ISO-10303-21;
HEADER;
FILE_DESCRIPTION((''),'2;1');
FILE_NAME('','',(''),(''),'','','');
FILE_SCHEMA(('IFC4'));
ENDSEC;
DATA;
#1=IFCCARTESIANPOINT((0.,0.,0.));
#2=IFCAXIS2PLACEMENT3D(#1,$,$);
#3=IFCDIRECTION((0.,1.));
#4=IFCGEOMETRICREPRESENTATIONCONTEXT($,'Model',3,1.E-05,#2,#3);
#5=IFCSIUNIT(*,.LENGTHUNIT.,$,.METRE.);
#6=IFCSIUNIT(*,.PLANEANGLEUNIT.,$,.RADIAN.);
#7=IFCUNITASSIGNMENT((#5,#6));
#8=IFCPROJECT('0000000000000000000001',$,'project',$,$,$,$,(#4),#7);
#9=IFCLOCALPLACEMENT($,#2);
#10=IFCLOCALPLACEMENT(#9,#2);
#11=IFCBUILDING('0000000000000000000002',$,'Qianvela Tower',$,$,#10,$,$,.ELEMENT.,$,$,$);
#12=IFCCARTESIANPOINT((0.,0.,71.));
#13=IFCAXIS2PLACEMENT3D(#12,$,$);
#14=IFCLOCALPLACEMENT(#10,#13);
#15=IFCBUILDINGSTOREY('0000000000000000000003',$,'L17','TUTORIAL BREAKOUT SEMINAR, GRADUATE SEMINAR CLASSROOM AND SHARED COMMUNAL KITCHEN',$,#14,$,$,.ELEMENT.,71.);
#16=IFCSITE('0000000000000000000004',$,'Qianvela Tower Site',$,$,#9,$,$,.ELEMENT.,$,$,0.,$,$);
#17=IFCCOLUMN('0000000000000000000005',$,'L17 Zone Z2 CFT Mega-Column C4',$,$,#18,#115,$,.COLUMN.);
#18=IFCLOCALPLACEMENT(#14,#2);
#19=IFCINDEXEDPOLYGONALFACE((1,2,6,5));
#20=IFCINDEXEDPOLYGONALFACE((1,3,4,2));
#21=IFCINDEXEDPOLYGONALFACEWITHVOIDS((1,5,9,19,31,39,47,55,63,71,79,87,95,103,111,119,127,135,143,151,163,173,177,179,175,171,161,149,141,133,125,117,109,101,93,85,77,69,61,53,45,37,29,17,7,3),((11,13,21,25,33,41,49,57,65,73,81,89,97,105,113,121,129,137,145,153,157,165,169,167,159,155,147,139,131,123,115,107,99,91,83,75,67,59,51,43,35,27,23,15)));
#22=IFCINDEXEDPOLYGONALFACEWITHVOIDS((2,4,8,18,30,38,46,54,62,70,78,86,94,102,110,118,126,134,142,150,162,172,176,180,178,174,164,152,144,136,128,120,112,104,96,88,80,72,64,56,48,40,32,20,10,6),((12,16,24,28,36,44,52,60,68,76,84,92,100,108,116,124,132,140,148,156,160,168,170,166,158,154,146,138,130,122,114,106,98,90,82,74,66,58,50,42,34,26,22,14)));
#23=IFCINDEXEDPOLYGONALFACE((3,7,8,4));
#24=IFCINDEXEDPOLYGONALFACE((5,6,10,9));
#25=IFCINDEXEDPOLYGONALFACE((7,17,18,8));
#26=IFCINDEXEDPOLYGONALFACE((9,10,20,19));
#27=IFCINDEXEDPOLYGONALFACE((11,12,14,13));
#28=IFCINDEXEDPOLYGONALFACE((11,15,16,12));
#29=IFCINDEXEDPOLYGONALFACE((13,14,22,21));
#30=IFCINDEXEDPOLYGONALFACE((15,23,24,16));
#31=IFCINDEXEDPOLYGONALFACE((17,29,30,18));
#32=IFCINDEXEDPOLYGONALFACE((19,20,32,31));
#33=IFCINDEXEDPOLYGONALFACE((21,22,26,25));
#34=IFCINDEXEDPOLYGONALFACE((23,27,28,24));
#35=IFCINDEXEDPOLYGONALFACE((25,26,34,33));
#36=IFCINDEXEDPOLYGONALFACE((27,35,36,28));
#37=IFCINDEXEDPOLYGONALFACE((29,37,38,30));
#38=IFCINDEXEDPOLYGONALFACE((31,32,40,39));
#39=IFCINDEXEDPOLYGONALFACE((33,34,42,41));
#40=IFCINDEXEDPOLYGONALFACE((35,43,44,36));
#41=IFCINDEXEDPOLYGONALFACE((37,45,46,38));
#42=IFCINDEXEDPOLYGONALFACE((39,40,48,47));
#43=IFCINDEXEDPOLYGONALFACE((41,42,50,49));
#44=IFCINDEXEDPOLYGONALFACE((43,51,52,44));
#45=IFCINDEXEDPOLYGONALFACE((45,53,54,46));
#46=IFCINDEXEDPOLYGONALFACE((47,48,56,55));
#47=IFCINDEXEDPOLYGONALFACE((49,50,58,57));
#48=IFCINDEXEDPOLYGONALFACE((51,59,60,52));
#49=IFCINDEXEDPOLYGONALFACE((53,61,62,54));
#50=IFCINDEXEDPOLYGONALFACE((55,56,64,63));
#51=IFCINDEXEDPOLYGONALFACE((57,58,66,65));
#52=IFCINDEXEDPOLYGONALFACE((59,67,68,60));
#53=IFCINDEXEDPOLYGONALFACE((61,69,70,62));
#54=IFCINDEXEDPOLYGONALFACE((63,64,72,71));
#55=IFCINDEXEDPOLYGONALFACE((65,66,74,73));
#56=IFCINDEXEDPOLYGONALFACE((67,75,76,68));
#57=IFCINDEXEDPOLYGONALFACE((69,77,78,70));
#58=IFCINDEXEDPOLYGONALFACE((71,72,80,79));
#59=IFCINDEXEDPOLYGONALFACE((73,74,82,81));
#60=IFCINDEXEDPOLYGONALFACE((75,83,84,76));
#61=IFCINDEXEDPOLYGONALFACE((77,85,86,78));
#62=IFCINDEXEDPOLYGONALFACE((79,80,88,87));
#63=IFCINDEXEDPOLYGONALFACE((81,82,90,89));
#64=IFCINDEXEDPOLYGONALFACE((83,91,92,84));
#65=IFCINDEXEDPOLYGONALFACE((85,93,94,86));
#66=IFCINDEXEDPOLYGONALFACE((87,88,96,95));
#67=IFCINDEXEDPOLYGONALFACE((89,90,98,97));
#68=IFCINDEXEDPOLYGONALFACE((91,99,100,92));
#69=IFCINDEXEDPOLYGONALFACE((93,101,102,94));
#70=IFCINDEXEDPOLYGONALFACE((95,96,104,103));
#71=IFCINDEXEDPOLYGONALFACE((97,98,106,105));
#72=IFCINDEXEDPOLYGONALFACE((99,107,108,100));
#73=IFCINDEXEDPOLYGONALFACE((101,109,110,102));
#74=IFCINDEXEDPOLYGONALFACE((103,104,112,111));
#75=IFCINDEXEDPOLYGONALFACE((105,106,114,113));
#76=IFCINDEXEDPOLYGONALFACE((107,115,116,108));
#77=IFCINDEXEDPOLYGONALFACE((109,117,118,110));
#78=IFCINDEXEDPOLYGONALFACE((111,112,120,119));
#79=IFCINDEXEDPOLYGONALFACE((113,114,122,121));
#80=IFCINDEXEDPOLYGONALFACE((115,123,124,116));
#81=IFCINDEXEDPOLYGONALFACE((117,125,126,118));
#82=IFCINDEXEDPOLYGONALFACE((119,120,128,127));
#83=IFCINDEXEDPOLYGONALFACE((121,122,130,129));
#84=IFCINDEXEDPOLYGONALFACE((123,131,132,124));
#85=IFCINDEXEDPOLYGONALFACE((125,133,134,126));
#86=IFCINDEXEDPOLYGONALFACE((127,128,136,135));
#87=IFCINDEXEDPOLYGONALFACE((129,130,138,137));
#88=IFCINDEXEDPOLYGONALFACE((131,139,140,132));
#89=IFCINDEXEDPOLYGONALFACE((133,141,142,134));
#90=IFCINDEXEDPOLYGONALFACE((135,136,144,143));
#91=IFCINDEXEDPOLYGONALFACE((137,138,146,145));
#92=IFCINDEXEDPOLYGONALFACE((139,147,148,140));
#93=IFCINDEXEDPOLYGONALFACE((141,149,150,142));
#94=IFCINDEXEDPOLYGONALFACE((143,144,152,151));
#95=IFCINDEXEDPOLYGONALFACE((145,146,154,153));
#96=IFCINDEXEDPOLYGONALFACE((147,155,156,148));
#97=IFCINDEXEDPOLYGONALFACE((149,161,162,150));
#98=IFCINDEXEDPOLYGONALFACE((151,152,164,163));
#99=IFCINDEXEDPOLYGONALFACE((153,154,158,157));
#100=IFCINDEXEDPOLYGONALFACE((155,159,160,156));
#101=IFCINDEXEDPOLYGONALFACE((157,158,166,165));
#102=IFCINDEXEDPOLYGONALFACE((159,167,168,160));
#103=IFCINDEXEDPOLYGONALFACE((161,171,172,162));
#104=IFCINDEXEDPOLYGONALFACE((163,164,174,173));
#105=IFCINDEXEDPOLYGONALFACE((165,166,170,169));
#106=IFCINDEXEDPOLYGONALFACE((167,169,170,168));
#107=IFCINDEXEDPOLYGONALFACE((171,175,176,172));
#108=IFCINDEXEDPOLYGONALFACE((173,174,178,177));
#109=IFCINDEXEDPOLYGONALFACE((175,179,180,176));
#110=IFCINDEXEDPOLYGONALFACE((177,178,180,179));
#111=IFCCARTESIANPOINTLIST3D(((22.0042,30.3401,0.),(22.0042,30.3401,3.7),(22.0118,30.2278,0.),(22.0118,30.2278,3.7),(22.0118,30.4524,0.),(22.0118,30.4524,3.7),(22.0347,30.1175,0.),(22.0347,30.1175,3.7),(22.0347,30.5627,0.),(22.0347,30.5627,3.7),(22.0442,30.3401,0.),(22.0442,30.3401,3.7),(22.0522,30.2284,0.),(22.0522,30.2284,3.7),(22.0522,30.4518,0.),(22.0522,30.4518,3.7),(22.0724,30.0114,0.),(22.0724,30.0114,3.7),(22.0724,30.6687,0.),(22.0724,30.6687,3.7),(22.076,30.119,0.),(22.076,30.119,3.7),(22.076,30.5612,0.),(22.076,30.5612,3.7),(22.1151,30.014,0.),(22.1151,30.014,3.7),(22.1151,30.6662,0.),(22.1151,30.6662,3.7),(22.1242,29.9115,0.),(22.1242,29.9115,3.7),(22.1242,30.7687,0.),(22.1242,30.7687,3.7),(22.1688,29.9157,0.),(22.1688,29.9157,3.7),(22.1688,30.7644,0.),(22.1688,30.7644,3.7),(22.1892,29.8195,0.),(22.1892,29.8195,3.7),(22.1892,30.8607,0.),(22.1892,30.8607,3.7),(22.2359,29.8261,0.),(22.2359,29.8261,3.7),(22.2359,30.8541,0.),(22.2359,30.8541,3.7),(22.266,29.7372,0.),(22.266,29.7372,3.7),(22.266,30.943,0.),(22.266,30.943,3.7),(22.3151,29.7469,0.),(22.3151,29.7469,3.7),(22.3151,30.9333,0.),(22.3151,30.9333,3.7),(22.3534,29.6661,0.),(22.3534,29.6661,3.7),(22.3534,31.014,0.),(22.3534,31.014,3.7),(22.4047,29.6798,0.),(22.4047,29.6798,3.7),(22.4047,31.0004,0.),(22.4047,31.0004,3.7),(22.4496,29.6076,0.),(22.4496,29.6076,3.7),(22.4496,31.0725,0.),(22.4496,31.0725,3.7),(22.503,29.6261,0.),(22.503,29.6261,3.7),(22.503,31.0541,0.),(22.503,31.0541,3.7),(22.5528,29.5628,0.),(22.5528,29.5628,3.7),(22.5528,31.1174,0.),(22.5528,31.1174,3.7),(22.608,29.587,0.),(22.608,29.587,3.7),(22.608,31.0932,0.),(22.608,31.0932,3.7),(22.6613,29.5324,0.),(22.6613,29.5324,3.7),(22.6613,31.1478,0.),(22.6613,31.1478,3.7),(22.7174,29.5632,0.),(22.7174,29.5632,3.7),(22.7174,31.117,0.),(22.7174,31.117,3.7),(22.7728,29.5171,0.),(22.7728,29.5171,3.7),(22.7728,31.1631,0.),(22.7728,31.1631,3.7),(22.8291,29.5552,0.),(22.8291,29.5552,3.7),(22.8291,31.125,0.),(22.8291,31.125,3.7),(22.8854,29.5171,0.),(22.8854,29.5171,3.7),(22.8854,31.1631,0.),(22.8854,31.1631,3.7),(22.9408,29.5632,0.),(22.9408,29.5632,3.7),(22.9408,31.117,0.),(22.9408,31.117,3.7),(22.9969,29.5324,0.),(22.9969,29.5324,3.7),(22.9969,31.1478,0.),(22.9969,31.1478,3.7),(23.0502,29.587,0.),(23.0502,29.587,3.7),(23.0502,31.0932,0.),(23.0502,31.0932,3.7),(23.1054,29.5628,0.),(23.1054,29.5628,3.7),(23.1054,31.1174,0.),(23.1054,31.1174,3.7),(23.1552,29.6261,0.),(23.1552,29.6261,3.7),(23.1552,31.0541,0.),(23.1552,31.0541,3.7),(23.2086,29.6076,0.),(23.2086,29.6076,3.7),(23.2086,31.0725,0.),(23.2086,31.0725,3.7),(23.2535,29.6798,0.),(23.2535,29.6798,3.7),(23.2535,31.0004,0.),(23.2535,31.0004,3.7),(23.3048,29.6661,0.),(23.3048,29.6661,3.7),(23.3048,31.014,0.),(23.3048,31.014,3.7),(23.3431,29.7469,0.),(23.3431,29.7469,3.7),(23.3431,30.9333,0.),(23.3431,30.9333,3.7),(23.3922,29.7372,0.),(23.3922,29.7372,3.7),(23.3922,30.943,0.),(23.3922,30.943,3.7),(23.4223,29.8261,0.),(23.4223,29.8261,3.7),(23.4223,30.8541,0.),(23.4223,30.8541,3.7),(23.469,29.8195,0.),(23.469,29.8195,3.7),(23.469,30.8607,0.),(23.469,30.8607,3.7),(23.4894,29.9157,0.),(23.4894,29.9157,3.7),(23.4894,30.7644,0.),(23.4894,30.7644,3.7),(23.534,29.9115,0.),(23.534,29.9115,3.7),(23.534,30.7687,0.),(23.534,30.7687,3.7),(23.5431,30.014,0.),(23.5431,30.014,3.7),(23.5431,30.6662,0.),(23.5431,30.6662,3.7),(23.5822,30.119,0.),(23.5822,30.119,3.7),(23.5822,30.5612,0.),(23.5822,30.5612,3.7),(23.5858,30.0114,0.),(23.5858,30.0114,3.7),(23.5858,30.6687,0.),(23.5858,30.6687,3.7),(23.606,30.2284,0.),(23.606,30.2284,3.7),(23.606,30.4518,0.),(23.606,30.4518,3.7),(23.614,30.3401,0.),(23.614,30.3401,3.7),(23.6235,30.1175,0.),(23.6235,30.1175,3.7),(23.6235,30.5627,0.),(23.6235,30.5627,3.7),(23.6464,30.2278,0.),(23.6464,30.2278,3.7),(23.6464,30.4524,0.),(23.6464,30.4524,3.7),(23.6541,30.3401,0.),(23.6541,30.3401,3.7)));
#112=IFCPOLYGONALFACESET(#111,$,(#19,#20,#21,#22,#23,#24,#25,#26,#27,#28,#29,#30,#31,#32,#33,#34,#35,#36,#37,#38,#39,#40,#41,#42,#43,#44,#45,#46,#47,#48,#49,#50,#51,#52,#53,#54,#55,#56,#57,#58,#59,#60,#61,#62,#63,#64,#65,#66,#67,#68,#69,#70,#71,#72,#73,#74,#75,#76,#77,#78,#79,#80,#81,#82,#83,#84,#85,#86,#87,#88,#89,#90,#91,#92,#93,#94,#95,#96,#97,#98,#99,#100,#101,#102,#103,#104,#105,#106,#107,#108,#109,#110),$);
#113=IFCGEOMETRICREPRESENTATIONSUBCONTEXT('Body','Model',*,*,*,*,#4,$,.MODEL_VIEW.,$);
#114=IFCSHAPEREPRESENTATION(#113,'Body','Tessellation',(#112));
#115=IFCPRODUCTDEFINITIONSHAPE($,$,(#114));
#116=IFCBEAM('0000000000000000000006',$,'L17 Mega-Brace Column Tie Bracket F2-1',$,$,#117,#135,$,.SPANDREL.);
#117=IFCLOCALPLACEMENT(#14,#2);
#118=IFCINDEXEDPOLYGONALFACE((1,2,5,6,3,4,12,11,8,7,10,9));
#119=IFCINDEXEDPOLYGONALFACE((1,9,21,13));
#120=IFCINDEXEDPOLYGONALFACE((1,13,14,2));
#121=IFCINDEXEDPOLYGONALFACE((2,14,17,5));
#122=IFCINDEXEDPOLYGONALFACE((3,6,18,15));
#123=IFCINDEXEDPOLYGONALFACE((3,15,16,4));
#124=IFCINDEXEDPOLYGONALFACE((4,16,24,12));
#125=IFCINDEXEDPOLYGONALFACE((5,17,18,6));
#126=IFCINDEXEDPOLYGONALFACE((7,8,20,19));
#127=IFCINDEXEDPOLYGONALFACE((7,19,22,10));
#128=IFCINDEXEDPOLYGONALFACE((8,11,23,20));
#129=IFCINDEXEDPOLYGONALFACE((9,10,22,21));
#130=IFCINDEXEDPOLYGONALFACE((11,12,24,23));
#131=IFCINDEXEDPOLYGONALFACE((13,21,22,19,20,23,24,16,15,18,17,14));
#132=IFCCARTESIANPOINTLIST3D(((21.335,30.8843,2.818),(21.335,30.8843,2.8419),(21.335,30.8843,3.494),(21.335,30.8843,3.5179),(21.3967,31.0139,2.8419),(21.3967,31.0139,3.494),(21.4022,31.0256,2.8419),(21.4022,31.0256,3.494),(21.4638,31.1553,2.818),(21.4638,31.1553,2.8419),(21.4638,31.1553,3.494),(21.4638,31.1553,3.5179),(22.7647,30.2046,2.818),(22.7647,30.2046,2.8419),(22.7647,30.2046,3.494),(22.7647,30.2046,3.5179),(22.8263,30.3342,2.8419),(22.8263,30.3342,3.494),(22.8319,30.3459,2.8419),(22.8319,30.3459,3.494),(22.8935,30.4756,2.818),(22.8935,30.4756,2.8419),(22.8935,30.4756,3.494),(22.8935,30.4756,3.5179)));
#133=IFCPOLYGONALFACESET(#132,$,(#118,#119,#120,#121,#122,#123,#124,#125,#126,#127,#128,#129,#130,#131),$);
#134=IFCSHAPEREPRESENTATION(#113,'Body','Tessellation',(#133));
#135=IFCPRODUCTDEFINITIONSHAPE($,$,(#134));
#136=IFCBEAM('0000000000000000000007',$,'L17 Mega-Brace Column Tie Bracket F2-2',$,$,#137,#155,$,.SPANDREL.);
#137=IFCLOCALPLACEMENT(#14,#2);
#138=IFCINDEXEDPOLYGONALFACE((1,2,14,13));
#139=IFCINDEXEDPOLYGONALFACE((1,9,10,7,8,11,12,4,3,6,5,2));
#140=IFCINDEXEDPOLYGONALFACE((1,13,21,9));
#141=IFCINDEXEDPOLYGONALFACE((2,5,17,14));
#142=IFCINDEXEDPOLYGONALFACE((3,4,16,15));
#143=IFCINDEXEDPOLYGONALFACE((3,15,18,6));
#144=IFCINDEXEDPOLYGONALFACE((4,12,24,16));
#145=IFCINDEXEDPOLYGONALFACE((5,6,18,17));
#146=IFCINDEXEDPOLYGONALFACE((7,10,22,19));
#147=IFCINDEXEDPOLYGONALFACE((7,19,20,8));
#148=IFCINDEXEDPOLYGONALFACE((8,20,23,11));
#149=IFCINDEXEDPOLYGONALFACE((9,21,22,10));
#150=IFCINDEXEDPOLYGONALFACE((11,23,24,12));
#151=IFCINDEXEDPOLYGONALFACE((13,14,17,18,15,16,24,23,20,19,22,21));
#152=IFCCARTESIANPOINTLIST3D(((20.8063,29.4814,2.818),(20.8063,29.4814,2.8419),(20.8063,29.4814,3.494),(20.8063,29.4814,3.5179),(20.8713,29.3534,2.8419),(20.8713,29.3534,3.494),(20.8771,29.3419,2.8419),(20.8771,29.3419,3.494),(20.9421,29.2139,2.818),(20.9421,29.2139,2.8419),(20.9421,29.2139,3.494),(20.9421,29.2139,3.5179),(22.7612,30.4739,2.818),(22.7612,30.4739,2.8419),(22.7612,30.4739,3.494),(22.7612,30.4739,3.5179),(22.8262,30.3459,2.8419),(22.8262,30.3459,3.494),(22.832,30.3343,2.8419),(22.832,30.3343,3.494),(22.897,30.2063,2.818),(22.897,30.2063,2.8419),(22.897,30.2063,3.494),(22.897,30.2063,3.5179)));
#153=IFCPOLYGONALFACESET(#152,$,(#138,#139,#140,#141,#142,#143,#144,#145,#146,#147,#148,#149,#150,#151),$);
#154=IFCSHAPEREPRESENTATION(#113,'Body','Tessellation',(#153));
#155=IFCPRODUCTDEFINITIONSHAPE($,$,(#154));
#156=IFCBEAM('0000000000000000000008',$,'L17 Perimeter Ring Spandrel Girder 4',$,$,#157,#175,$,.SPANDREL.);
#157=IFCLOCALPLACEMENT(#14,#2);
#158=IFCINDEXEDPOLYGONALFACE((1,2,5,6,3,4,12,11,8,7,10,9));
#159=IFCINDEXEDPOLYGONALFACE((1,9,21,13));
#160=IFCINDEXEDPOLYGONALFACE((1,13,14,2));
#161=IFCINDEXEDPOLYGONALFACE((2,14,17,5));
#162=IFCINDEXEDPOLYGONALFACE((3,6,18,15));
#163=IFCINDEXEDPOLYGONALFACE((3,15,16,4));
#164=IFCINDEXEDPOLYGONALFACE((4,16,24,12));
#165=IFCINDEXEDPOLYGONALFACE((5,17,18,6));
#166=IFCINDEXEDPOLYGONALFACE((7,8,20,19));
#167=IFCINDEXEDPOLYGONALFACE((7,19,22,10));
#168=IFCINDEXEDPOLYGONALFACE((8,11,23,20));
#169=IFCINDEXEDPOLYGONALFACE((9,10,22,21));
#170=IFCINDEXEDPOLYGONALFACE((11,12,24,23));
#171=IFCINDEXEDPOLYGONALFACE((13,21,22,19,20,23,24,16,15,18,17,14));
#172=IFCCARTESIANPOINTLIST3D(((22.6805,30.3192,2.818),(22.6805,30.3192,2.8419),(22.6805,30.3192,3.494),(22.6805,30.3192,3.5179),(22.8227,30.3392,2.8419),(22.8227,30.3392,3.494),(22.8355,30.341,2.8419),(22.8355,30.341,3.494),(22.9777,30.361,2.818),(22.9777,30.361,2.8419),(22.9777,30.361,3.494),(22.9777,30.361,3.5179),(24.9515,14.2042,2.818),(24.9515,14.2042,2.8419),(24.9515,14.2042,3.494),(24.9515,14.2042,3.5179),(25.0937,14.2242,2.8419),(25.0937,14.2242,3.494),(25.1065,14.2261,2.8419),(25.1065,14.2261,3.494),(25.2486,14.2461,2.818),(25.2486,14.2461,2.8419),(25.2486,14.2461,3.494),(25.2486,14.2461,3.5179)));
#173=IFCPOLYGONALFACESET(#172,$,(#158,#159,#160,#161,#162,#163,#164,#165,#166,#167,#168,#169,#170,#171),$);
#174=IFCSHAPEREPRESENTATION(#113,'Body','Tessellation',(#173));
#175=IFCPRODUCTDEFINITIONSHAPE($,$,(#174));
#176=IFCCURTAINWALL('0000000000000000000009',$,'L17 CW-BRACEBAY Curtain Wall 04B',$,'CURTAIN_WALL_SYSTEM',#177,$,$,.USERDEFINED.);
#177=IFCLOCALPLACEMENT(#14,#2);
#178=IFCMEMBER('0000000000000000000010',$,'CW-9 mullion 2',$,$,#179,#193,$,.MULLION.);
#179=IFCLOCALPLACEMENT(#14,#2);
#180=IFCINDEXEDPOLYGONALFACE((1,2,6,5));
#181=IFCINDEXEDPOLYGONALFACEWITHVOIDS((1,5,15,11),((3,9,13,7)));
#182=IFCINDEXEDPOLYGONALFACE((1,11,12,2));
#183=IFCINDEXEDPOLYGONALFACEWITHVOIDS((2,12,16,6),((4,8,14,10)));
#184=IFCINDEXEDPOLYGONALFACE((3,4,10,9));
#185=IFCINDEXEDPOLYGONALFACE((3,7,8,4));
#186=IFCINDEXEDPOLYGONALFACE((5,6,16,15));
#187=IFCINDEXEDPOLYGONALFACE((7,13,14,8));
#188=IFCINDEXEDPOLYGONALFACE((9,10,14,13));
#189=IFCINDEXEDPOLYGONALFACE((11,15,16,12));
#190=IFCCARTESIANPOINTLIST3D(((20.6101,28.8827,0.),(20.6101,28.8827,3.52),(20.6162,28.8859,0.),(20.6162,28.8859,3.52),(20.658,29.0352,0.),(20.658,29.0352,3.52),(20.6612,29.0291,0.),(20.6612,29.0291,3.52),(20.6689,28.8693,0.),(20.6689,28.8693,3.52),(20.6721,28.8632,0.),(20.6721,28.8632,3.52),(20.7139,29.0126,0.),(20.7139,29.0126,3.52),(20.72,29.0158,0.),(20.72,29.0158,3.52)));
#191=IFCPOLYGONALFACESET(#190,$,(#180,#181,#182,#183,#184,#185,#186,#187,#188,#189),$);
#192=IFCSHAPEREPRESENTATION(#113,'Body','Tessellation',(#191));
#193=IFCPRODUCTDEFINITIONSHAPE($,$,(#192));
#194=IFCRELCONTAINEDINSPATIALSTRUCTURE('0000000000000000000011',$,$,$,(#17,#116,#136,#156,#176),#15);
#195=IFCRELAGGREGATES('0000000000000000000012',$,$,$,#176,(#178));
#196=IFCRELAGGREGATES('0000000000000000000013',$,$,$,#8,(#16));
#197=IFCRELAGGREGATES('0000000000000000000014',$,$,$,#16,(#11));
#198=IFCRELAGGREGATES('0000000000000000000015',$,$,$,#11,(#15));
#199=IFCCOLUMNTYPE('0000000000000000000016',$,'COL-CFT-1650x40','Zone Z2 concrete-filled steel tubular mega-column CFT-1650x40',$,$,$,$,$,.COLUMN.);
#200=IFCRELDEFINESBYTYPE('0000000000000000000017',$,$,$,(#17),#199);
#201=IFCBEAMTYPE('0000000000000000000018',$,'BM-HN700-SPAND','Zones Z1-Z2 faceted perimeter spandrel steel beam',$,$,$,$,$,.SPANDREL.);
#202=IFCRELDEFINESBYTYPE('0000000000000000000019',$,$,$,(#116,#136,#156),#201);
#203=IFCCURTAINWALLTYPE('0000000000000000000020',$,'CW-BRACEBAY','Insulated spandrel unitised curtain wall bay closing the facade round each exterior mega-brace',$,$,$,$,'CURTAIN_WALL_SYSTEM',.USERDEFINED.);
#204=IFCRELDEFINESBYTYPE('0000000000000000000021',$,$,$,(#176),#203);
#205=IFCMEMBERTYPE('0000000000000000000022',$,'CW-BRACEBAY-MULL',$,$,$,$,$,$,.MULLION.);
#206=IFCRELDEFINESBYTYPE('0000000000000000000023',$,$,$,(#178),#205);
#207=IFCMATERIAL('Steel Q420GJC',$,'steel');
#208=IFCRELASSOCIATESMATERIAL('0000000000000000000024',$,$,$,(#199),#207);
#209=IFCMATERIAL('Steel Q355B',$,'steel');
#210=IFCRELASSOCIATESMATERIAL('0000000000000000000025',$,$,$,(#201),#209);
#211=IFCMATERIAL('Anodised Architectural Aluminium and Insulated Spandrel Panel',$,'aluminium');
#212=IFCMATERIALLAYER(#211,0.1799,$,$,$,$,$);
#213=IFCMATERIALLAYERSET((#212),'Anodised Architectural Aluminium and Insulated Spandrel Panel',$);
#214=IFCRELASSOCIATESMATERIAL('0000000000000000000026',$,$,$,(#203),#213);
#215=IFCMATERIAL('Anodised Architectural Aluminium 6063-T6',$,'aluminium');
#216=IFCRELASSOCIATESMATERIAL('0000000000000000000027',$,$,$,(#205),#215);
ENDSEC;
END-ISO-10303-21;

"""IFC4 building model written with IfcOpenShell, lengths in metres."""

from ifc_helpers import new_model, si_unit, direction, frame, origin, origin_2d, place, context, subcontext, project, spatial, hollow_rectangle, hollow_circle, i_section, extrude, material, layer, layer_set, material_profile, profile_set, type_object, element, aggregate, save


model = new_model("IFC4")

# Units and contexts
model_context = context("Model", 3, precision=1e-05, world=origin(), true_north=direction((0.0, 1.0)))
body_context = subcontext(model_context, "Body", "Model", "MODEL_VIEW")
ifc_project = project(units=[si_unit("LENGTHUNIT", "METRE"), si_unit("PLANEANGLEUNIT", "RADIAN")], contexts=[model_context])

# Site, building, storey
site_placement = place(None, origin())
site = spatial("IfcSite", under=ifc_project, at=site_placement, Name="Qianvela Tower Site", CompositionType="ELEMENT", RefElevation=0.0)
building_placement = place(site_placement, origin())
building = spatial("IfcBuilding", under=site, at=building_placement, Name="Qianvela Tower", CompositionType="ELEMENT")
storey_placement = place(building_placement, frame((0.0, 0.0, 71.0)))
storey = spatial("IfcBuildingStorey", under=building, at=storey_placement, Name="L17", Description="TUTORIAL BREAKOUT SEMINAR, GRADUATE SEMINAR CLASSROOM AND SHARED COMMUNAL KITCHEN", CompositionType="ELEMENT", Elevation=71.0)

# Column
ifc_material_1 = material(Name="Steel Q420GJC", Category="steel")
ifc_material_profile_1 = material_profile(ifc_material_1, hollow_circle(Radius=0.825, WallThickness=0.04, at=origin_2d()), Name="CFT-1650x40")
ifc_profile_set_1 = profile_set([ifc_material_profile_1], Name="Steel Q420GJC")
column_type = type_object("IfcColumnType", Name="COL-CFT-1650x40", Description="Zone Z2 concrete-filled steel tubular mega-column CFT-1650x40", PredefinedType="COLUMN", material=ifc_profile_set_1)
column_placement = place(storey_placement, frame((22.8291, 30.3401, 0.0), z_axis=(0.0, 0.0, 1.0), x_axis=(1.0, 0.0, 0.0)))
element("IfcColumn", 1, at=column_placement, inside=storey, type_object=column_type, Name="L17 Zone Z2 CFT Mega-Column C4", PredefinedType="COLUMN", context=body_context, shape_type="SweptSolid", body=[
    extrude(hollow_circle(Radius=0.825, WallThickness=0.04, at=origin_2d()), origin(), (0.0, 0.0, 1.0), 3.7),
])

# Beams
ifc_material_2 = material(Name="Steel Q355B", Category="steel")
ifc_material_profile_2 = material_profile(ifc_material_2, i_section(OverallWidth=0.3, OverallDepth=0.7, WebThickness=0.0129, FlangeThickness=0.0239, at=origin_2d()), Name="HN700x300x13x24")
ifc_profile_set_2 = profile_set([ifc_material_profile_2], Name="Steel Q355B")
beam_type = type_object("IfcBeamType", Name="BM-HN700-SPAND", Description="Zones Z1-Z2 faceted perimeter spandrel steel beam", PredefinedType="SPANDREL", material=ifc_profile_set_2)
beam_1_placement = place(storey_placement, frame((22.8291, 30.3401, 3.168), z_axis=(-0.903134, 0.429359, 0.0), x_axis=(-0.429359, -0.903134, 0.0)))
element("IfcBeam", 2, at=beam_1_placement, inside=storey, type_object=beam_type, Name="L17 Mega-Brace Column Tie Bracket F2-1", PredefinedType="SPANDREL", context=body_context, shape_type="SweptSolid", body=[
    extrude(i_section(OverallWidth=0.3, OverallDepth=0.7, WebThickness=0.0129, FlangeThickness=0.0239, at=origin_2d()), origin(), (0.0, 0.0, 1.0), 1.583),
])
beam_2_placement = place(storey_placement, frame((22.8291, 30.3401, 3.168), z_axis=(-0.891671, -0.452684, 0.0), x_axis=(0.452684, -0.891671, 0.0)))
element("IfcBeam", 3, at=beam_2_placement, inside=storey, type_object=beam_type, Name="L17 Mega-Brace Column Tie Bracket F2-2", PredefinedType="SPANDREL", context=body_context, shape_type="SweptSolid", body=[
    extrude(i_section(OverallWidth=0.3, OverallDepth=0.7, WebThickness=0.0129, FlangeThickness=0.0239, at=origin_2d()), origin(), (0.0, 0.0, 1.0), 2.1924),
])
beam_3_placement = place(storey_placement, frame((22.8291, 30.3401, 3.168), z_axis=(0.139546, -0.990216, 0.0), x_axis=(0.990216, 0.139546, 0.0)))
element("IfcBeam", 4, at=beam_3_placement, inside=storey, type_object=beam_type, Name="L17 Perimeter Ring Spandrel Girder 4", PredefinedType="SPANDREL", context=body_context, shape_type="SweptSolid", body=[
    extrude(i_section(OverallWidth=0.3, OverallDepth=0.7, WebThickness=0.0129, FlangeThickness=0.0239, at=origin_2d()), origin(), (0.0, 0.0, 1.0), 16.2742),
])

# Curtain wall, member
ifc_material_3 = material(Name="Anodised Architectural Aluminium and Insulated Spandrel Panel", Category="aluminium")
ifc_layer_1 = layer(ifc_material_3, 0.1799)
ifc_layer_set_1 = layer_set([ifc_layer_1], Name="Anodised Architectural Aluminium and Insulated Spandrel Panel")
curtain_wall_type_1 = type_object("IfcCurtainWallType", Name="CW-BRACEBAY", Description="Insulated spandrel unitised curtain wall bay closing the facade round each exterior mega-brace", ElementType="CURTAIN_WALL_SYSTEM", PredefinedType="USERDEFINED", material=ifc_layer_set_1)
curtain_wall_1_placement = place(storey_placement, origin())
curtain_wall_1 = element("IfcCurtainWall", 5, at=curtain_wall_1_placement, inside=storey, type_object=curtain_wall_type_1, Name="L17 CW-BRACEBAY Curtain Wall 04B", ObjectType="CURTAIN_WALL_SYSTEM", PredefinedType="USERDEFINED")
ifc_material_4 = material(Name="Anodised Architectural Aluminium 6063-T6", Category="aluminium")
ifc_material_profile_3 = material_profile(ifc_material_4, hollow_rectangle(XDim=0.0649, YDim=0.1599, WallThickness=0.0049, at=origin_2d()), Name="ALU-MULL-65x160")
ifc_profile_set_3 = profile_set([ifc_material_profile_3], Name="Anodised Architectural Aluminium 6063-T6")
member_type_1 = type_object("IfcMemberType", Name="CW-BRACEBAY-MULL", PredefinedType="MULLION", material=ifc_profile_set_3)
member_1_placement = place(storey_placement, frame((20.665, 28.9492, 0.0), z_axis=(0.0, 0.0, 1.0), x_axis=(0.954034, -0.299699, 0.0)))
member_1 = element("IfcMember", 6, at=member_1_placement, type_object=member_type_1, Name="CW-9 mullion 2", PredefinedType="MULLION", context=body_context, shape_type="SweptSolid", body=[
    extrude(hollow_rectangle(XDim=0.0649, YDim=0.1599, WallThickness=0.0049, at=origin_2d()), origin(), (0.0, 0.0, 1.0), 3.52),
])

aggregate(curtain_wall_1, [member_1])

save(model, "model.ifc")
